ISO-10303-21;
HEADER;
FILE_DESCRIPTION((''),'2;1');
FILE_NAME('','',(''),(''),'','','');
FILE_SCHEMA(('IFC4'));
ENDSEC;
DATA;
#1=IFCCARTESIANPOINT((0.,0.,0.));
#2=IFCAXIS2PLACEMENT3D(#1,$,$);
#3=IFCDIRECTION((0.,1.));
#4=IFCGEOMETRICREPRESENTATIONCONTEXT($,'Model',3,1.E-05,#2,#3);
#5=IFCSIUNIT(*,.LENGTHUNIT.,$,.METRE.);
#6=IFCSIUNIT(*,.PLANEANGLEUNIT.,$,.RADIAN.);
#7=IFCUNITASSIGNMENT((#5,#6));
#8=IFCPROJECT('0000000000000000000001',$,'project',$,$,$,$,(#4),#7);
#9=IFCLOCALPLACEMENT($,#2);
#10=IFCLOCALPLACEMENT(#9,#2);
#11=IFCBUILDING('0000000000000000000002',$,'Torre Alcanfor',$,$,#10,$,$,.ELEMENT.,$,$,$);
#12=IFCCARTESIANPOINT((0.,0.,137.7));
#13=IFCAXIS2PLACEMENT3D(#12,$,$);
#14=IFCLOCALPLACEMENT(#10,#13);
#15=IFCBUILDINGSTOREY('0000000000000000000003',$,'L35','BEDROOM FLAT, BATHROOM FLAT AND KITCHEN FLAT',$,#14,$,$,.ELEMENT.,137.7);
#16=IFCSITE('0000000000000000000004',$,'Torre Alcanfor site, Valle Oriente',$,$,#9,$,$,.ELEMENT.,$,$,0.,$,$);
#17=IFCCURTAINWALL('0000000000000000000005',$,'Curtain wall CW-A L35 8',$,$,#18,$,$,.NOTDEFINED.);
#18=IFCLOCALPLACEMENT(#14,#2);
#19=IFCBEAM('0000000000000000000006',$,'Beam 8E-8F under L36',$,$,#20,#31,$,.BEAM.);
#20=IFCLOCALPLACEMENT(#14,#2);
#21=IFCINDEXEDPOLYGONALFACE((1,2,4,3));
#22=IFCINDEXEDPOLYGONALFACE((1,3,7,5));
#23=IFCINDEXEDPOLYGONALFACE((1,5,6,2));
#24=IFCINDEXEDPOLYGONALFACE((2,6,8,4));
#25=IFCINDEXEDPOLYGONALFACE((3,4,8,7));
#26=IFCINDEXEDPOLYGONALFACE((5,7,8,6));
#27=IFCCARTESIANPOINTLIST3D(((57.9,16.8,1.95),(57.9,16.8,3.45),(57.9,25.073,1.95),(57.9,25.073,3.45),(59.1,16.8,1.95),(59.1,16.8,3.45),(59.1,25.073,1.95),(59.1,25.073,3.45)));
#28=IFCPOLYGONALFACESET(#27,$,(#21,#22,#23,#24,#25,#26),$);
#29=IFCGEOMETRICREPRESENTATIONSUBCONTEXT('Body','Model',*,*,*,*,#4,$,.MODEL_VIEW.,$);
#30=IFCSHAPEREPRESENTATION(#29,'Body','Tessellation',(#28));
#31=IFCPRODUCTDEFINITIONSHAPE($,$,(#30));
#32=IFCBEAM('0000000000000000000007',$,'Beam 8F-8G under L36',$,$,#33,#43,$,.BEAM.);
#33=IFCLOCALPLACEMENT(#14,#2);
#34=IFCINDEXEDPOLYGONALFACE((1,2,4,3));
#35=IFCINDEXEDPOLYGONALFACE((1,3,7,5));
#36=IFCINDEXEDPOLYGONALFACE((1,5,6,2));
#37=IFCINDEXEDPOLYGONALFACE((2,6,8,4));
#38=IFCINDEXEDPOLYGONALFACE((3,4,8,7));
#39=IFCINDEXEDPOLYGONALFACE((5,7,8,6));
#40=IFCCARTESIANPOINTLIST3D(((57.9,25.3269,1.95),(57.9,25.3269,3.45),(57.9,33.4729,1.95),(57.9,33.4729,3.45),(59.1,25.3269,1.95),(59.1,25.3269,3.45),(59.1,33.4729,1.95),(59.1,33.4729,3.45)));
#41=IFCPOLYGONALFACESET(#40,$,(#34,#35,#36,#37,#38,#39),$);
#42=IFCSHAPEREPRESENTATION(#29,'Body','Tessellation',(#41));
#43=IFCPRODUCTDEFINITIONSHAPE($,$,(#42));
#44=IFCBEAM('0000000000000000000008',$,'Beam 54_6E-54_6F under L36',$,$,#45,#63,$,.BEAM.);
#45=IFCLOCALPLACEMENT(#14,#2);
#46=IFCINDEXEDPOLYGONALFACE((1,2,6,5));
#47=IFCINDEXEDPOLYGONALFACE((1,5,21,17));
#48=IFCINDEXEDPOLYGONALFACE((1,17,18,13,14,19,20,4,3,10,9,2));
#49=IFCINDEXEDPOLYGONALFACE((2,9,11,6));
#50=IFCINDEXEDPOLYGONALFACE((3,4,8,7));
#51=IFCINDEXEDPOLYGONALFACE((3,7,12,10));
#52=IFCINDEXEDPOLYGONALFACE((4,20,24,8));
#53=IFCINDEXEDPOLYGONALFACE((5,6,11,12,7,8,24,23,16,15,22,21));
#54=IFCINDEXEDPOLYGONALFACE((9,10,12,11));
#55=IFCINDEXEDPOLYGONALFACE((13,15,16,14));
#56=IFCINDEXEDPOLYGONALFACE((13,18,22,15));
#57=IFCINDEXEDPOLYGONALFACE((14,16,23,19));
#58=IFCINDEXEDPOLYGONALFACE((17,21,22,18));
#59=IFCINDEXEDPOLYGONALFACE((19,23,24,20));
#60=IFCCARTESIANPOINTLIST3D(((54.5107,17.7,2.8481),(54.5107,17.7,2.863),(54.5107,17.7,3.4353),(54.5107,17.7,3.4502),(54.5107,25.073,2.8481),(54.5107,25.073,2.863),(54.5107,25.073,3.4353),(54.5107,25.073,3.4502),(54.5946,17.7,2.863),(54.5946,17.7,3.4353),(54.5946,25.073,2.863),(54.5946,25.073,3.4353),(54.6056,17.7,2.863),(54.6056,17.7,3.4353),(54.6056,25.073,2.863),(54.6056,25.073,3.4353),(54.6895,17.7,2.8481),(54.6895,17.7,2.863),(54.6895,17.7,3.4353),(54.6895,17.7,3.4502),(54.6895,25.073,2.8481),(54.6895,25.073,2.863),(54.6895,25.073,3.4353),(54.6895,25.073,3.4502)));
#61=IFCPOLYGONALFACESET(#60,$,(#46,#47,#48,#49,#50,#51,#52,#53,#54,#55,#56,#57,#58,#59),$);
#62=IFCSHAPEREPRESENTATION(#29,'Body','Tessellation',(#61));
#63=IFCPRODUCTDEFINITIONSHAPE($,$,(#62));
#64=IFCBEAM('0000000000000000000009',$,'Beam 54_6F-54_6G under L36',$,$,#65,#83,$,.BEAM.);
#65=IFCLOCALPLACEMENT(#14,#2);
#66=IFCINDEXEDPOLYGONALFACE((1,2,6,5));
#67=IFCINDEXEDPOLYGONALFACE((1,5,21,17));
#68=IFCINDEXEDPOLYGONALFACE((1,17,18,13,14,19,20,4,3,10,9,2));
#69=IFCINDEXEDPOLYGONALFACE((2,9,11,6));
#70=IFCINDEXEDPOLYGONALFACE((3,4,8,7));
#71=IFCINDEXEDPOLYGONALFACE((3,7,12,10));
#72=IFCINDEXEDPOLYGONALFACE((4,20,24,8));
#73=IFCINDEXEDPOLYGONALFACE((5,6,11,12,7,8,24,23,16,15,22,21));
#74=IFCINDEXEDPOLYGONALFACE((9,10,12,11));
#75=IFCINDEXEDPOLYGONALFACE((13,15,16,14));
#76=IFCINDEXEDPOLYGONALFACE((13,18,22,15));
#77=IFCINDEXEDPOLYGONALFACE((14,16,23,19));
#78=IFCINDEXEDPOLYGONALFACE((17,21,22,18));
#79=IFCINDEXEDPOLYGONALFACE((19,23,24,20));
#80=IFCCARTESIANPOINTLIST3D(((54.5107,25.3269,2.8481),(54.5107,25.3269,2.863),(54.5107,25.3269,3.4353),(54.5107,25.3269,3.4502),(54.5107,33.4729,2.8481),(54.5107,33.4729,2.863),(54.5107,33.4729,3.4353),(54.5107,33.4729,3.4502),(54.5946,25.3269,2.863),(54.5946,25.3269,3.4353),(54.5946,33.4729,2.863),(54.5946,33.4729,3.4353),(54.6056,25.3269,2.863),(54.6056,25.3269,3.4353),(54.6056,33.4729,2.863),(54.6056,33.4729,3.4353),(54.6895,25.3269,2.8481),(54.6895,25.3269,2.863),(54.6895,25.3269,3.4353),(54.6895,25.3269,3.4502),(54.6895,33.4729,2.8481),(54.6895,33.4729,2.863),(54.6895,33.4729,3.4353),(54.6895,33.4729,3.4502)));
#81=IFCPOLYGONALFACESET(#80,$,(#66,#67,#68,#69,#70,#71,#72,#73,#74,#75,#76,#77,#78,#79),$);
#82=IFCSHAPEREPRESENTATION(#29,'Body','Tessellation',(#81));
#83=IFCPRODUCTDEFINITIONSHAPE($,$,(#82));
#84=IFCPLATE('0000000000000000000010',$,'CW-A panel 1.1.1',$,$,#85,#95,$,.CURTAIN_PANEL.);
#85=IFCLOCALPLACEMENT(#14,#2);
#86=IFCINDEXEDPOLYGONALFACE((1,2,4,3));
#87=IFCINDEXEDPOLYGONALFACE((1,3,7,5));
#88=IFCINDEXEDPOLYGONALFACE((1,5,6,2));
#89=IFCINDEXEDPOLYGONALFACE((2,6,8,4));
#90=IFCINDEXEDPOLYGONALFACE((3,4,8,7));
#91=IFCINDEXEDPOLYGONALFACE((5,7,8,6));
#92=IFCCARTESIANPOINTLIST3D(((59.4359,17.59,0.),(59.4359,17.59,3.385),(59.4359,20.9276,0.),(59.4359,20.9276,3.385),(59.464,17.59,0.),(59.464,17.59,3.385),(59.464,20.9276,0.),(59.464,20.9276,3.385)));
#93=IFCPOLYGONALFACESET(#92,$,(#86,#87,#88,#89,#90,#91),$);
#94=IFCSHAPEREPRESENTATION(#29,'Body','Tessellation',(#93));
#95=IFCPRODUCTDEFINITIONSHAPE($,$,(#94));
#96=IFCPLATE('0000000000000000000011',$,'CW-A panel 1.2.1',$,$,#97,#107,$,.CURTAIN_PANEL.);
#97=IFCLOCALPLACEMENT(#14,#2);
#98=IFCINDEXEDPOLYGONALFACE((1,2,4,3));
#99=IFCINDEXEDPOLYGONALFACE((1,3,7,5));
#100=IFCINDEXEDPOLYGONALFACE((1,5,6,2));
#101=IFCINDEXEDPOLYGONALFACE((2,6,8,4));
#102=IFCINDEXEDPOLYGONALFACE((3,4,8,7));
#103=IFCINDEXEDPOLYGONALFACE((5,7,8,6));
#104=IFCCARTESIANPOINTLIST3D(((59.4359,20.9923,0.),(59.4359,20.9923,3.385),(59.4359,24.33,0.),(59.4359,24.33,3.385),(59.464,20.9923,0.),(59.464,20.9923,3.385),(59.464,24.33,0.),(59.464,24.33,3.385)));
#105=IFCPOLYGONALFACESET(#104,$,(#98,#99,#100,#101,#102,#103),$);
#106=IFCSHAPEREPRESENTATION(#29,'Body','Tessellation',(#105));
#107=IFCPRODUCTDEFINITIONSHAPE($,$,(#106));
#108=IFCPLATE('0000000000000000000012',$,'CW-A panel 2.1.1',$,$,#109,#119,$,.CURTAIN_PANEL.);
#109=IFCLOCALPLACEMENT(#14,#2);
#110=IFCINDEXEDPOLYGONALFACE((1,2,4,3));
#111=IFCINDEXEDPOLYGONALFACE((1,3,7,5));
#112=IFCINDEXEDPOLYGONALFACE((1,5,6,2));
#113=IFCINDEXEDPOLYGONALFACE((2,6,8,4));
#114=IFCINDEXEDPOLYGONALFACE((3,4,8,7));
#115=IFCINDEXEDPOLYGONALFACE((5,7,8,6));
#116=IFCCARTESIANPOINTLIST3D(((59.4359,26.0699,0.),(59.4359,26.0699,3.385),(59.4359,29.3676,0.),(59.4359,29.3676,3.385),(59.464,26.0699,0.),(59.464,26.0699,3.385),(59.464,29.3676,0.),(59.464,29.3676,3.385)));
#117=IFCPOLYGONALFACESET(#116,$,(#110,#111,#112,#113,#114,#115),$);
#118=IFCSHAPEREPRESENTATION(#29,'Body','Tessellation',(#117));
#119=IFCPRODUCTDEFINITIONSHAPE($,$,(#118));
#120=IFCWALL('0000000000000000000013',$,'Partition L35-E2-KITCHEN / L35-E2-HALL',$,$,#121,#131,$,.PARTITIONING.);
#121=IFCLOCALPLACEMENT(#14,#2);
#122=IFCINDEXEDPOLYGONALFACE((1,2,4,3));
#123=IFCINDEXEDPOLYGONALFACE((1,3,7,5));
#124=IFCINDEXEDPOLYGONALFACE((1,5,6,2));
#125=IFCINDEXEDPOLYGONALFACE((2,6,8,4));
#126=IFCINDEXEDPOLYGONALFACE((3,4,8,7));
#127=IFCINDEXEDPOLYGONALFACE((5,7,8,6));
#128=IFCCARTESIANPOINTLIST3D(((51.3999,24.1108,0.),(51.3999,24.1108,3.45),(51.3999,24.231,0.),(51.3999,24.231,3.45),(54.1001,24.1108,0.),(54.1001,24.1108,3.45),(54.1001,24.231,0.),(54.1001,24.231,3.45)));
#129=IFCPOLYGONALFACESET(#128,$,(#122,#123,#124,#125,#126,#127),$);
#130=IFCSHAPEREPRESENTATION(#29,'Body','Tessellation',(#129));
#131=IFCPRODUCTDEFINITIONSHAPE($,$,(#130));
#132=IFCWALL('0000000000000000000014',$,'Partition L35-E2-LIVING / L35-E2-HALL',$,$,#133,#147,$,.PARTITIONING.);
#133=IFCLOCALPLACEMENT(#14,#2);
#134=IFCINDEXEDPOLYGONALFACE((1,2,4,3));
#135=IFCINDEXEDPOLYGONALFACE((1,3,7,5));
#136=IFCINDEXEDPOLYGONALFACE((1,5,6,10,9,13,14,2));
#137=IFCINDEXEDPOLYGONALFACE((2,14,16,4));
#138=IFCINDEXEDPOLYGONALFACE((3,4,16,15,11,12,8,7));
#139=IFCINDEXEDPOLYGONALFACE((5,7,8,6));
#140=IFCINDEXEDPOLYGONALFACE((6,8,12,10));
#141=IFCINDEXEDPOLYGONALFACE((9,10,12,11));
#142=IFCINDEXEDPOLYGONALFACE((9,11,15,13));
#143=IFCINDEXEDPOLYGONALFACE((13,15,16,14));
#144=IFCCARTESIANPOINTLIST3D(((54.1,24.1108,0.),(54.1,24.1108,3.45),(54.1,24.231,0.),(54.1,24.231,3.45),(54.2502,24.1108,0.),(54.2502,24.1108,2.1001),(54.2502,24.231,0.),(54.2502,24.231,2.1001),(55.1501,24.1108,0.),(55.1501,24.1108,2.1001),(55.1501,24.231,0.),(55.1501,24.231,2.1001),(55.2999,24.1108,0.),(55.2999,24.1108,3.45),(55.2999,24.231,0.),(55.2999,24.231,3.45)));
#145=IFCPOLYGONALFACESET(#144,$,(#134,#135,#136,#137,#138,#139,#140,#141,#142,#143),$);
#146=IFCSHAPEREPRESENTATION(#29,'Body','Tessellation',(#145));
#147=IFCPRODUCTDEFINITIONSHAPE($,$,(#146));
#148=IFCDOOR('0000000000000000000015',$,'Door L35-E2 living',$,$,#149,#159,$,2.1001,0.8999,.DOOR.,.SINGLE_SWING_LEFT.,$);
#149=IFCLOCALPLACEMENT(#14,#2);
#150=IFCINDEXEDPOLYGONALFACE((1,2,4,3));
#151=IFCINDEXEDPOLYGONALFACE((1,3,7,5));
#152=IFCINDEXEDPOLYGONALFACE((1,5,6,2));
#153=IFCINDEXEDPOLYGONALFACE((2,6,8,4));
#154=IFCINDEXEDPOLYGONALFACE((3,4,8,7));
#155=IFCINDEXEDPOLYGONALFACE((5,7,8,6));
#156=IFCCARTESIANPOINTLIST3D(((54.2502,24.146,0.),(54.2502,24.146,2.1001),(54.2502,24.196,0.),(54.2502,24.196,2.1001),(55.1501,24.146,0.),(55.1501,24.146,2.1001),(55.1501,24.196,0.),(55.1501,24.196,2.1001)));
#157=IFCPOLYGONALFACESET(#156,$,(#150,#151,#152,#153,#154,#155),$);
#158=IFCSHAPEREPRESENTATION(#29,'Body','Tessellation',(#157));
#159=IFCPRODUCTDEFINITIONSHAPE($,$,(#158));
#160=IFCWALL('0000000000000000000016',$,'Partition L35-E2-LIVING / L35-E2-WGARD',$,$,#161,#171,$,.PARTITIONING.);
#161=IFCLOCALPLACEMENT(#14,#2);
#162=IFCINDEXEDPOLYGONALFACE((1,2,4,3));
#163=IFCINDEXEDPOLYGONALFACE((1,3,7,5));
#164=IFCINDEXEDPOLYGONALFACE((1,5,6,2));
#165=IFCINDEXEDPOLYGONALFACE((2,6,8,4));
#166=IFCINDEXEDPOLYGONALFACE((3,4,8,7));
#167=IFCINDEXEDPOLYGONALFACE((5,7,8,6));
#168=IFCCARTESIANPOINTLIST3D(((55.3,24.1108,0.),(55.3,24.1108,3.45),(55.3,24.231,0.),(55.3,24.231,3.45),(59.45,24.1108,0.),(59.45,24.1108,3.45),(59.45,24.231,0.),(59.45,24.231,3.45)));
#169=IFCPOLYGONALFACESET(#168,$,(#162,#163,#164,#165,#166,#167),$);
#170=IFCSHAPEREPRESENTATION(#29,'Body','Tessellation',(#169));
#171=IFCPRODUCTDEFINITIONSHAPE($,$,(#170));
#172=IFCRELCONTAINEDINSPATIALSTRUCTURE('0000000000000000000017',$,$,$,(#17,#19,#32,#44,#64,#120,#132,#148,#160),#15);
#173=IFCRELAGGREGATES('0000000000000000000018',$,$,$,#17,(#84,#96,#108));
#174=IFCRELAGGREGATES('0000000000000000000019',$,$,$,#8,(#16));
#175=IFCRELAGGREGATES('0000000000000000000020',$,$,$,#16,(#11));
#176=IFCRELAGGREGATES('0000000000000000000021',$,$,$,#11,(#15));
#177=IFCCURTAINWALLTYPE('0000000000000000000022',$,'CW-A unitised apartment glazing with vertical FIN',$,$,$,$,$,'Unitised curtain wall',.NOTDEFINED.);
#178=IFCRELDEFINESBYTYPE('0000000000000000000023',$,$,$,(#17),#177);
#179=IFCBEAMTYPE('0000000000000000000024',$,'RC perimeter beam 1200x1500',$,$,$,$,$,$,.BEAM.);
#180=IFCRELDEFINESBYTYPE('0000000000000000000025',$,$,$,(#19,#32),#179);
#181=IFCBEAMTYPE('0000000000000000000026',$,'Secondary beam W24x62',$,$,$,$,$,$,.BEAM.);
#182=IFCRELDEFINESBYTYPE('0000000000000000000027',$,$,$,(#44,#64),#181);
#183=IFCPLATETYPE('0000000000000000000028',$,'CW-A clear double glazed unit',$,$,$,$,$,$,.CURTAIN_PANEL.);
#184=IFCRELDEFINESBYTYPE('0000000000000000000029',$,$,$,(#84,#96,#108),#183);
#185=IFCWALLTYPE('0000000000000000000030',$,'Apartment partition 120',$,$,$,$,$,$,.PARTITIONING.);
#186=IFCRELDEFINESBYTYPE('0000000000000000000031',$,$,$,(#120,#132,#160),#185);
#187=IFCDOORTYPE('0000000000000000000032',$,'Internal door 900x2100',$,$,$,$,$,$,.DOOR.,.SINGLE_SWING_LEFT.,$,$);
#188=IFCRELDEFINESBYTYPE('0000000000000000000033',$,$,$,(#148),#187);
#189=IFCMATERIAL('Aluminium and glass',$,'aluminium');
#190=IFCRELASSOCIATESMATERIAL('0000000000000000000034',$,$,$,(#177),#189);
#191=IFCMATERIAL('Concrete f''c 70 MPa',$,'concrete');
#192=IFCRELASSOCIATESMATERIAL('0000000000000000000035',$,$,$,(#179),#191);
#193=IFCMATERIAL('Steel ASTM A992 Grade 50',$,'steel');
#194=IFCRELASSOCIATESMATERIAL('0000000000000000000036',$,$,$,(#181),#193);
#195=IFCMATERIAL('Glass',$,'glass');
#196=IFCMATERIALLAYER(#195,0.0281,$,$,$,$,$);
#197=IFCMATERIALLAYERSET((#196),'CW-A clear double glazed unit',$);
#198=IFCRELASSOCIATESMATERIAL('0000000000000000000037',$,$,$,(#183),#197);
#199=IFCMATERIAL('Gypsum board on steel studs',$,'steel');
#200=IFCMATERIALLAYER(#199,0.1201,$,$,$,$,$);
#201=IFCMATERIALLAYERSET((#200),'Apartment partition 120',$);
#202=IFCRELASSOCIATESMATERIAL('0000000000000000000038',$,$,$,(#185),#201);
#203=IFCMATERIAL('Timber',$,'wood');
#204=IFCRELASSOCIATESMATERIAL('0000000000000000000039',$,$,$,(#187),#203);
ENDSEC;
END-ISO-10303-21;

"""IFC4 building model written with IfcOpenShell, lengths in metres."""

from ifc_helpers import new_model, si_unit, direction, frame, frame_2d, origin, origin_2d, place, context, subcontext, project, spatial, rectangle, i_section, extrude, material, layer, layer_set, material_profile, profile_set, type_object, element, fill, aggregate, save


model = new_model("IFC4")

# Units and contexts
model_context = context("Model", 3, precision=1e-05, world=origin(), true_north=direction((0.0, 1.0)))
body_context = subcontext(model_context, "Body", "Model", "MODEL_VIEW")
ifc_project = project(units=[si_unit("LENGTHUNIT", "METRE"), si_unit("PLANEANGLEUNIT", "RADIAN")], contexts=[model_context])

# Site, building, storey
site_placement = place(None, origin())
site = spatial("IfcSite", under=ifc_project, at=site_placement, Name="Torre Alcanfor site, Valle Oriente", CompositionType="ELEMENT", RefElevation=0.0)
building_placement = place(site_placement, origin())
building = spatial("IfcBuilding", under=site, at=building_placement, Name="Torre Alcanfor", CompositionType="ELEMENT")
storey_placement = place(building_placement, frame((0.0, 0.0, 137.7)))
storey = spatial("IfcBuildingStorey", under=building, at=storey_placement, Name="L35", Description="BEDROOM FLAT, BATHROOM FLAT AND KITCHEN FLAT", CompositionType="ELEMENT", Elevation=137.7)

# Curtain wall
ifc_material_1 = material(Name="Aluminium and glass", Category="aluminium")
curtain_wall_type = type_object("IfcCurtainWallType", Name="CW-A unitised apartment glazing with vertical FIN", ElementType="Unitised curtain wall", PredefinedType="NOTDEFINED", material=ifc_material_1)
curtain_wall_placement = place(storey_placement, origin())
curtain_wall = element("IfcCurtainWall", 1, at=curtain_wall_placement, inside=storey, type_object=curtain_wall_type, Name="Curtain wall CW-A L35 8", PredefinedType="NOTDEFINED")

# Beams
ifc_material_2 = material(Name="Concrete f'c 70 MPa", Category="concrete")
ifc_material_profile_1 = material_profile(ifc_material_2, rectangle(XDim=1.2, YDim=1.5, at=origin_2d()), Name="1200x1500")
ifc_profile_set_1 = profile_set([ifc_material_profile_1], Name="Concrete f'c 70 MPa")
beam_type_1 = type_object("IfcBeamType", Name="RC perimeter beam 1200x1500", PredefinedType="BEAM", material=ifc_profile_set_1)
beam_1_placement = place(storey_placement, frame((58.5, 16.8, 2.7), z_axis=(0.0, 1.0, 0.0), x_axis=(-1.0, 0.0, 0.0)))
element("IfcBeam", 2, at=beam_1_placement, inside=storey, type_object=beam_type_1, Name="Beam 8E-8F under L36", PredefinedType="BEAM", context=body_context, shape_type="SweptSolid", body=[
    extrude(rectangle(XDim=1.2, YDim=1.5, at=origin_2d()), origin(), (0.0, 0.0, 1.0), 8.2729),
])
beam_2_placement = place(storey_placement, frame((58.5, 25.3269, 2.7), z_axis=(0.0, 1.0, 0.0), x_axis=(-1.0, 0.0, 0.0)))
element("IfcBeam", 3, at=beam_2_placement, inside=storey, type_object=beam_type_1, Name="Beam 8F-8G under L36", PredefinedType="BEAM", context=body_context, shape_type="SweptSolid", body=[
    extrude(rectangle(XDim=1.2, YDim=1.5, at=origin_2d()), origin(), (0.0, 0.0, 1.0), 8.146),
])
ifc_material_3 = material(Name="Steel ASTM A992 Grade 50", Category="steel")
ifc_material_profile_2 = material_profile(ifc_material_3, i_section(OverallWidth=0.1787, OverallDepth=0.6021, WebThickness=0.011, FlangeThickness=0.0149, at=origin_2d()), Name="W24x62")
ifc_profile_set_2 = profile_set([ifc_material_profile_2], Name="Steel ASTM A992 Grade 50")
beam_type_2 = type_object("IfcBeamType", Name="Secondary beam W24x62", PredefinedType="BEAM", material=ifc_profile_set_2)
beam_3_placement = place(storey_placement, frame((54.6001, 17.7, 3.1492), z_axis=(0.0, 1.0, 0.0), x_axis=(-1.0, 0.0, 0.0)))
element("IfcBeam", 4, at=beam_3_placement, inside=storey, type_object=beam_type_2, Name="Beam 54_6E-54_6F under L36", PredefinedType="BEAM", context=body_context, shape_type="SweptSolid", body=[
    extrude(i_section(OverallWidth=0.1787, OverallDepth=0.6021, WebThickness=0.011, FlangeThickness=0.0149, at=origin_2d()), origin(), (0.0, 0.0, 1.0), 7.373),
])
beam_4_placement = place(storey_placement, frame((54.6001, 25.3269, 3.1492), z_axis=(0.0, 1.0, 0.0), x_axis=(-1.0, 0.0, 0.0)))
element("IfcBeam", 5, at=beam_4_placement, inside=storey, type_object=beam_type_2, Name="Beam 54_6F-54_6G under L36", PredefinedType="BEAM", context=body_context, shape_type="SweptSolid", body=[
    extrude(i_section(OverallWidth=0.1787, OverallDepth=0.6021, WebThickness=0.011, FlangeThickness=0.0149, at=origin_2d()), origin(), (0.0, 0.0, 1.0), 8.146),
])

# Plates
ifc_material_4 = material(Name="Glass", Category="glass")
ifc_layer_1 = layer(ifc_material_4, 0.0281)
ifc_layer_set_1 = layer_set([ifc_layer_1], Name="CW-A clear double glazed unit")
plate_type = type_object("IfcPlateType", Name="CW-A clear double glazed unit", PredefinedType="CURTAIN_PANEL", material=ifc_layer_set_1)
plate_1_placement = place(storey_placement, frame((59.45, 19.2588, 0.0), z_axis=(0.0, 0.0, 1.0), x_axis=(0.0, 1.0, 0.0)))
plate_1 = element("IfcPlate", 6, at=plate_1_placement, type_object=plate_type, Name="CW-A panel 1.1.1", PredefinedType="CURTAIN_PANEL", context=body_context, shape_type="SweptSolid", body=[
    extrude(rectangle(XDim=3.3376, YDim=0.0281, at=origin_2d()), origin(), (0.0, 0.0, 1.0), 3.385),
])
plate_2_placement = place(storey_placement, frame((59.45, 22.6611, 0.0), z_axis=(0.0, 0.0, 1.0), x_axis=(0.0, 1.0, 0.0)))
plate_2 = element("IfcPlate", 7, at=plate_2_placement, type_object=plate_type, Name="CW-A panel 1.2.1", PredefinedType="CURTAIN_PANEL", context=body_context, shape_type="SweptSolid", body=[
    extrude(rectangle(XDim=3.3376, YDim=0.0281, at=origin_2d()), origin(), (0.0, 0.0, 1.0), 3.385),
])
plate_3_placement = place(storey_placement, frame((59.45, 27.7188, 0.0), z_axis=(0.0, 0.0, 1.0), x_axis=(0.0, 1.0, 0.0)))
plate_3 = element("IfcPlate", 8, at=plate_3_placement, type_object=plate_type, Name="CW-A panel 2.1.1", PredefinedType="CURTAIN_PANEL", context=body_context, shape_type="SweptSolid", body=[
    extrude(rectangle(XDim=3.2976, YDim=0.0281, at=origin_2d()), origin(), (0.0, 0.0, 1.0), 3.385),
])
aggregate(curtain_wall, [plate_1, plate_2, plate_3])

# Wall
ifc_material_5 = material(Name="Gypsum board on steel studs", Category="steel")
ifc_layer_2 = layer(ifc_material_5, 0.1201)
ifc_layer_set_2 = layer_set([ifc_layer_2], Name="Apartment partition 120")
wall_type_1 = type_object("IfcWallType", Name="Apartment partition 120", PredefinedType="PARTITIONING", material=ifc_layer_set_2)
wall_1_placement = place(storey_placement, frame((54.1001, 24.1709, 0.0), z_axis=(0.0, 0.0, 1.0), x_axis=(-1.0, 0.0, 0.0)))
element("IfcWall", 9, at=wall_1_placement, inside=storey, type_object=wall_type_1, Name="Partition L35-E2-KITCHEN / L35-E2-HALL", PredefinedType="PARTITIONING", context=body_context, shape_type="SweptSolid", body=[
    extrude(rectangle(XDim=2.7002, YDim=0.1201, at=frame_2d((1.3501, 0.0))), origin(), (0.0, 0.0, 1.0), 3.45),
])

# Wall, opening, door
wall_2_placement = place(storey_placement, frame((55.3, 24.1709, 0.0), z_axis=(0.0, 0.0, 1.0), x_axis=(-1.0, 0.0, 0.0)))
wall_2 = element("IfcWall", 10, at=wall_2_placement, inside=storey, type_object=wall_type_1, Name="Partition L35-E2-LIVING / L35-E2-HALL", PredefinedType="PARTITIONING", context=body_context, shape_type="SweptSolid", body=[
    extrude(rectangle(XDim=1.2, YDim=0.1201, at=frame_2d((0.6001, 0.0))), origin(), (0.0, 0.0, 1.0), 3.45),
])
opening_1_placement = place(wall_2_placement, frame((0.1499, 0.0, 0.0)))
opening_1 = element("IfcOpeningElement", 11, at=opening_1_placement, cuts=wall_2, PredefinedType="OPENING", context=body_context, shape_type="SweptSolid", body=[
    extrude(rectangle(XDim=0.8999, YDim=2.1001, at=frame_2d((0.45, 1.05))), frame((0.0, 0.0701, 0.0), z_axis=(0.0, -1.0, 0.0), x_axis=(1.0, 0.0, 0.0)), (0.0, 0.0, 1.0), 0.1401),
])
ifc_material_6 = material(Name="Timber", Category="wood")
door_type = type_object("IfcDoorType", Name="Internal door 900x2100", OperationType="SINGLE_SWING_LEFT", PredefinedType="DOOR", material=ifc_material_6)
door_1_placement = place(opening_1_placement, frame((0.8999, 0.0, 0.0), z_axis=(0.0, 0.0, 1.0), x_axis=(-1.0, 0.0, 0.0)))
door_1 = element("IfcDoor", 12, at=door_1_placement, inside=storey, type_object=door_type, Name="Door L35-E2 living", OperationType="SINGLE_SWING_LEFT", OverallHeight=2.1001, OverallWidth=0.8999, PredefinedType="DOOR", context=body_context, shape_type="SweptSolid", body=[
    extrude(rectangle(XDim=0.8999, YDim=2.1001, at=frame_2d((0.45, 1.05))), frame((0.0, 0.0251, 0.0), z_axis=(0.0, -1.0, 0.0), x_axis=(1.0, 0.0, 0.0)), (0.0, 0.0, 1.0), 0.05),
])
fill(opening_1, door_1)

# Wall
wall_3_placement = place(storey_placement, frame((59.45, 24.1709, 0.0), z_axis=(0.0, 0.0, 1.0), x_axis=(-1.0, 0.0, 0.0)))
element("IfcWall", 13, at=wall_3_placement, inside=storey, type_object=wall_type_1, Name="Partition L35-E2-LIVING / L35-E2-WGARD", PredefinedType="PARTITIONING", context=body_context, shape_type="SweptSolid", body=[
    extrude(rectangle(XDim=4.1499, YDim=0.1201, at=frame_2d((2.075, 0.0))), origin(), (0.0, 0.0, 1.0), 3.45),
])

save(model, "model.ifc")
